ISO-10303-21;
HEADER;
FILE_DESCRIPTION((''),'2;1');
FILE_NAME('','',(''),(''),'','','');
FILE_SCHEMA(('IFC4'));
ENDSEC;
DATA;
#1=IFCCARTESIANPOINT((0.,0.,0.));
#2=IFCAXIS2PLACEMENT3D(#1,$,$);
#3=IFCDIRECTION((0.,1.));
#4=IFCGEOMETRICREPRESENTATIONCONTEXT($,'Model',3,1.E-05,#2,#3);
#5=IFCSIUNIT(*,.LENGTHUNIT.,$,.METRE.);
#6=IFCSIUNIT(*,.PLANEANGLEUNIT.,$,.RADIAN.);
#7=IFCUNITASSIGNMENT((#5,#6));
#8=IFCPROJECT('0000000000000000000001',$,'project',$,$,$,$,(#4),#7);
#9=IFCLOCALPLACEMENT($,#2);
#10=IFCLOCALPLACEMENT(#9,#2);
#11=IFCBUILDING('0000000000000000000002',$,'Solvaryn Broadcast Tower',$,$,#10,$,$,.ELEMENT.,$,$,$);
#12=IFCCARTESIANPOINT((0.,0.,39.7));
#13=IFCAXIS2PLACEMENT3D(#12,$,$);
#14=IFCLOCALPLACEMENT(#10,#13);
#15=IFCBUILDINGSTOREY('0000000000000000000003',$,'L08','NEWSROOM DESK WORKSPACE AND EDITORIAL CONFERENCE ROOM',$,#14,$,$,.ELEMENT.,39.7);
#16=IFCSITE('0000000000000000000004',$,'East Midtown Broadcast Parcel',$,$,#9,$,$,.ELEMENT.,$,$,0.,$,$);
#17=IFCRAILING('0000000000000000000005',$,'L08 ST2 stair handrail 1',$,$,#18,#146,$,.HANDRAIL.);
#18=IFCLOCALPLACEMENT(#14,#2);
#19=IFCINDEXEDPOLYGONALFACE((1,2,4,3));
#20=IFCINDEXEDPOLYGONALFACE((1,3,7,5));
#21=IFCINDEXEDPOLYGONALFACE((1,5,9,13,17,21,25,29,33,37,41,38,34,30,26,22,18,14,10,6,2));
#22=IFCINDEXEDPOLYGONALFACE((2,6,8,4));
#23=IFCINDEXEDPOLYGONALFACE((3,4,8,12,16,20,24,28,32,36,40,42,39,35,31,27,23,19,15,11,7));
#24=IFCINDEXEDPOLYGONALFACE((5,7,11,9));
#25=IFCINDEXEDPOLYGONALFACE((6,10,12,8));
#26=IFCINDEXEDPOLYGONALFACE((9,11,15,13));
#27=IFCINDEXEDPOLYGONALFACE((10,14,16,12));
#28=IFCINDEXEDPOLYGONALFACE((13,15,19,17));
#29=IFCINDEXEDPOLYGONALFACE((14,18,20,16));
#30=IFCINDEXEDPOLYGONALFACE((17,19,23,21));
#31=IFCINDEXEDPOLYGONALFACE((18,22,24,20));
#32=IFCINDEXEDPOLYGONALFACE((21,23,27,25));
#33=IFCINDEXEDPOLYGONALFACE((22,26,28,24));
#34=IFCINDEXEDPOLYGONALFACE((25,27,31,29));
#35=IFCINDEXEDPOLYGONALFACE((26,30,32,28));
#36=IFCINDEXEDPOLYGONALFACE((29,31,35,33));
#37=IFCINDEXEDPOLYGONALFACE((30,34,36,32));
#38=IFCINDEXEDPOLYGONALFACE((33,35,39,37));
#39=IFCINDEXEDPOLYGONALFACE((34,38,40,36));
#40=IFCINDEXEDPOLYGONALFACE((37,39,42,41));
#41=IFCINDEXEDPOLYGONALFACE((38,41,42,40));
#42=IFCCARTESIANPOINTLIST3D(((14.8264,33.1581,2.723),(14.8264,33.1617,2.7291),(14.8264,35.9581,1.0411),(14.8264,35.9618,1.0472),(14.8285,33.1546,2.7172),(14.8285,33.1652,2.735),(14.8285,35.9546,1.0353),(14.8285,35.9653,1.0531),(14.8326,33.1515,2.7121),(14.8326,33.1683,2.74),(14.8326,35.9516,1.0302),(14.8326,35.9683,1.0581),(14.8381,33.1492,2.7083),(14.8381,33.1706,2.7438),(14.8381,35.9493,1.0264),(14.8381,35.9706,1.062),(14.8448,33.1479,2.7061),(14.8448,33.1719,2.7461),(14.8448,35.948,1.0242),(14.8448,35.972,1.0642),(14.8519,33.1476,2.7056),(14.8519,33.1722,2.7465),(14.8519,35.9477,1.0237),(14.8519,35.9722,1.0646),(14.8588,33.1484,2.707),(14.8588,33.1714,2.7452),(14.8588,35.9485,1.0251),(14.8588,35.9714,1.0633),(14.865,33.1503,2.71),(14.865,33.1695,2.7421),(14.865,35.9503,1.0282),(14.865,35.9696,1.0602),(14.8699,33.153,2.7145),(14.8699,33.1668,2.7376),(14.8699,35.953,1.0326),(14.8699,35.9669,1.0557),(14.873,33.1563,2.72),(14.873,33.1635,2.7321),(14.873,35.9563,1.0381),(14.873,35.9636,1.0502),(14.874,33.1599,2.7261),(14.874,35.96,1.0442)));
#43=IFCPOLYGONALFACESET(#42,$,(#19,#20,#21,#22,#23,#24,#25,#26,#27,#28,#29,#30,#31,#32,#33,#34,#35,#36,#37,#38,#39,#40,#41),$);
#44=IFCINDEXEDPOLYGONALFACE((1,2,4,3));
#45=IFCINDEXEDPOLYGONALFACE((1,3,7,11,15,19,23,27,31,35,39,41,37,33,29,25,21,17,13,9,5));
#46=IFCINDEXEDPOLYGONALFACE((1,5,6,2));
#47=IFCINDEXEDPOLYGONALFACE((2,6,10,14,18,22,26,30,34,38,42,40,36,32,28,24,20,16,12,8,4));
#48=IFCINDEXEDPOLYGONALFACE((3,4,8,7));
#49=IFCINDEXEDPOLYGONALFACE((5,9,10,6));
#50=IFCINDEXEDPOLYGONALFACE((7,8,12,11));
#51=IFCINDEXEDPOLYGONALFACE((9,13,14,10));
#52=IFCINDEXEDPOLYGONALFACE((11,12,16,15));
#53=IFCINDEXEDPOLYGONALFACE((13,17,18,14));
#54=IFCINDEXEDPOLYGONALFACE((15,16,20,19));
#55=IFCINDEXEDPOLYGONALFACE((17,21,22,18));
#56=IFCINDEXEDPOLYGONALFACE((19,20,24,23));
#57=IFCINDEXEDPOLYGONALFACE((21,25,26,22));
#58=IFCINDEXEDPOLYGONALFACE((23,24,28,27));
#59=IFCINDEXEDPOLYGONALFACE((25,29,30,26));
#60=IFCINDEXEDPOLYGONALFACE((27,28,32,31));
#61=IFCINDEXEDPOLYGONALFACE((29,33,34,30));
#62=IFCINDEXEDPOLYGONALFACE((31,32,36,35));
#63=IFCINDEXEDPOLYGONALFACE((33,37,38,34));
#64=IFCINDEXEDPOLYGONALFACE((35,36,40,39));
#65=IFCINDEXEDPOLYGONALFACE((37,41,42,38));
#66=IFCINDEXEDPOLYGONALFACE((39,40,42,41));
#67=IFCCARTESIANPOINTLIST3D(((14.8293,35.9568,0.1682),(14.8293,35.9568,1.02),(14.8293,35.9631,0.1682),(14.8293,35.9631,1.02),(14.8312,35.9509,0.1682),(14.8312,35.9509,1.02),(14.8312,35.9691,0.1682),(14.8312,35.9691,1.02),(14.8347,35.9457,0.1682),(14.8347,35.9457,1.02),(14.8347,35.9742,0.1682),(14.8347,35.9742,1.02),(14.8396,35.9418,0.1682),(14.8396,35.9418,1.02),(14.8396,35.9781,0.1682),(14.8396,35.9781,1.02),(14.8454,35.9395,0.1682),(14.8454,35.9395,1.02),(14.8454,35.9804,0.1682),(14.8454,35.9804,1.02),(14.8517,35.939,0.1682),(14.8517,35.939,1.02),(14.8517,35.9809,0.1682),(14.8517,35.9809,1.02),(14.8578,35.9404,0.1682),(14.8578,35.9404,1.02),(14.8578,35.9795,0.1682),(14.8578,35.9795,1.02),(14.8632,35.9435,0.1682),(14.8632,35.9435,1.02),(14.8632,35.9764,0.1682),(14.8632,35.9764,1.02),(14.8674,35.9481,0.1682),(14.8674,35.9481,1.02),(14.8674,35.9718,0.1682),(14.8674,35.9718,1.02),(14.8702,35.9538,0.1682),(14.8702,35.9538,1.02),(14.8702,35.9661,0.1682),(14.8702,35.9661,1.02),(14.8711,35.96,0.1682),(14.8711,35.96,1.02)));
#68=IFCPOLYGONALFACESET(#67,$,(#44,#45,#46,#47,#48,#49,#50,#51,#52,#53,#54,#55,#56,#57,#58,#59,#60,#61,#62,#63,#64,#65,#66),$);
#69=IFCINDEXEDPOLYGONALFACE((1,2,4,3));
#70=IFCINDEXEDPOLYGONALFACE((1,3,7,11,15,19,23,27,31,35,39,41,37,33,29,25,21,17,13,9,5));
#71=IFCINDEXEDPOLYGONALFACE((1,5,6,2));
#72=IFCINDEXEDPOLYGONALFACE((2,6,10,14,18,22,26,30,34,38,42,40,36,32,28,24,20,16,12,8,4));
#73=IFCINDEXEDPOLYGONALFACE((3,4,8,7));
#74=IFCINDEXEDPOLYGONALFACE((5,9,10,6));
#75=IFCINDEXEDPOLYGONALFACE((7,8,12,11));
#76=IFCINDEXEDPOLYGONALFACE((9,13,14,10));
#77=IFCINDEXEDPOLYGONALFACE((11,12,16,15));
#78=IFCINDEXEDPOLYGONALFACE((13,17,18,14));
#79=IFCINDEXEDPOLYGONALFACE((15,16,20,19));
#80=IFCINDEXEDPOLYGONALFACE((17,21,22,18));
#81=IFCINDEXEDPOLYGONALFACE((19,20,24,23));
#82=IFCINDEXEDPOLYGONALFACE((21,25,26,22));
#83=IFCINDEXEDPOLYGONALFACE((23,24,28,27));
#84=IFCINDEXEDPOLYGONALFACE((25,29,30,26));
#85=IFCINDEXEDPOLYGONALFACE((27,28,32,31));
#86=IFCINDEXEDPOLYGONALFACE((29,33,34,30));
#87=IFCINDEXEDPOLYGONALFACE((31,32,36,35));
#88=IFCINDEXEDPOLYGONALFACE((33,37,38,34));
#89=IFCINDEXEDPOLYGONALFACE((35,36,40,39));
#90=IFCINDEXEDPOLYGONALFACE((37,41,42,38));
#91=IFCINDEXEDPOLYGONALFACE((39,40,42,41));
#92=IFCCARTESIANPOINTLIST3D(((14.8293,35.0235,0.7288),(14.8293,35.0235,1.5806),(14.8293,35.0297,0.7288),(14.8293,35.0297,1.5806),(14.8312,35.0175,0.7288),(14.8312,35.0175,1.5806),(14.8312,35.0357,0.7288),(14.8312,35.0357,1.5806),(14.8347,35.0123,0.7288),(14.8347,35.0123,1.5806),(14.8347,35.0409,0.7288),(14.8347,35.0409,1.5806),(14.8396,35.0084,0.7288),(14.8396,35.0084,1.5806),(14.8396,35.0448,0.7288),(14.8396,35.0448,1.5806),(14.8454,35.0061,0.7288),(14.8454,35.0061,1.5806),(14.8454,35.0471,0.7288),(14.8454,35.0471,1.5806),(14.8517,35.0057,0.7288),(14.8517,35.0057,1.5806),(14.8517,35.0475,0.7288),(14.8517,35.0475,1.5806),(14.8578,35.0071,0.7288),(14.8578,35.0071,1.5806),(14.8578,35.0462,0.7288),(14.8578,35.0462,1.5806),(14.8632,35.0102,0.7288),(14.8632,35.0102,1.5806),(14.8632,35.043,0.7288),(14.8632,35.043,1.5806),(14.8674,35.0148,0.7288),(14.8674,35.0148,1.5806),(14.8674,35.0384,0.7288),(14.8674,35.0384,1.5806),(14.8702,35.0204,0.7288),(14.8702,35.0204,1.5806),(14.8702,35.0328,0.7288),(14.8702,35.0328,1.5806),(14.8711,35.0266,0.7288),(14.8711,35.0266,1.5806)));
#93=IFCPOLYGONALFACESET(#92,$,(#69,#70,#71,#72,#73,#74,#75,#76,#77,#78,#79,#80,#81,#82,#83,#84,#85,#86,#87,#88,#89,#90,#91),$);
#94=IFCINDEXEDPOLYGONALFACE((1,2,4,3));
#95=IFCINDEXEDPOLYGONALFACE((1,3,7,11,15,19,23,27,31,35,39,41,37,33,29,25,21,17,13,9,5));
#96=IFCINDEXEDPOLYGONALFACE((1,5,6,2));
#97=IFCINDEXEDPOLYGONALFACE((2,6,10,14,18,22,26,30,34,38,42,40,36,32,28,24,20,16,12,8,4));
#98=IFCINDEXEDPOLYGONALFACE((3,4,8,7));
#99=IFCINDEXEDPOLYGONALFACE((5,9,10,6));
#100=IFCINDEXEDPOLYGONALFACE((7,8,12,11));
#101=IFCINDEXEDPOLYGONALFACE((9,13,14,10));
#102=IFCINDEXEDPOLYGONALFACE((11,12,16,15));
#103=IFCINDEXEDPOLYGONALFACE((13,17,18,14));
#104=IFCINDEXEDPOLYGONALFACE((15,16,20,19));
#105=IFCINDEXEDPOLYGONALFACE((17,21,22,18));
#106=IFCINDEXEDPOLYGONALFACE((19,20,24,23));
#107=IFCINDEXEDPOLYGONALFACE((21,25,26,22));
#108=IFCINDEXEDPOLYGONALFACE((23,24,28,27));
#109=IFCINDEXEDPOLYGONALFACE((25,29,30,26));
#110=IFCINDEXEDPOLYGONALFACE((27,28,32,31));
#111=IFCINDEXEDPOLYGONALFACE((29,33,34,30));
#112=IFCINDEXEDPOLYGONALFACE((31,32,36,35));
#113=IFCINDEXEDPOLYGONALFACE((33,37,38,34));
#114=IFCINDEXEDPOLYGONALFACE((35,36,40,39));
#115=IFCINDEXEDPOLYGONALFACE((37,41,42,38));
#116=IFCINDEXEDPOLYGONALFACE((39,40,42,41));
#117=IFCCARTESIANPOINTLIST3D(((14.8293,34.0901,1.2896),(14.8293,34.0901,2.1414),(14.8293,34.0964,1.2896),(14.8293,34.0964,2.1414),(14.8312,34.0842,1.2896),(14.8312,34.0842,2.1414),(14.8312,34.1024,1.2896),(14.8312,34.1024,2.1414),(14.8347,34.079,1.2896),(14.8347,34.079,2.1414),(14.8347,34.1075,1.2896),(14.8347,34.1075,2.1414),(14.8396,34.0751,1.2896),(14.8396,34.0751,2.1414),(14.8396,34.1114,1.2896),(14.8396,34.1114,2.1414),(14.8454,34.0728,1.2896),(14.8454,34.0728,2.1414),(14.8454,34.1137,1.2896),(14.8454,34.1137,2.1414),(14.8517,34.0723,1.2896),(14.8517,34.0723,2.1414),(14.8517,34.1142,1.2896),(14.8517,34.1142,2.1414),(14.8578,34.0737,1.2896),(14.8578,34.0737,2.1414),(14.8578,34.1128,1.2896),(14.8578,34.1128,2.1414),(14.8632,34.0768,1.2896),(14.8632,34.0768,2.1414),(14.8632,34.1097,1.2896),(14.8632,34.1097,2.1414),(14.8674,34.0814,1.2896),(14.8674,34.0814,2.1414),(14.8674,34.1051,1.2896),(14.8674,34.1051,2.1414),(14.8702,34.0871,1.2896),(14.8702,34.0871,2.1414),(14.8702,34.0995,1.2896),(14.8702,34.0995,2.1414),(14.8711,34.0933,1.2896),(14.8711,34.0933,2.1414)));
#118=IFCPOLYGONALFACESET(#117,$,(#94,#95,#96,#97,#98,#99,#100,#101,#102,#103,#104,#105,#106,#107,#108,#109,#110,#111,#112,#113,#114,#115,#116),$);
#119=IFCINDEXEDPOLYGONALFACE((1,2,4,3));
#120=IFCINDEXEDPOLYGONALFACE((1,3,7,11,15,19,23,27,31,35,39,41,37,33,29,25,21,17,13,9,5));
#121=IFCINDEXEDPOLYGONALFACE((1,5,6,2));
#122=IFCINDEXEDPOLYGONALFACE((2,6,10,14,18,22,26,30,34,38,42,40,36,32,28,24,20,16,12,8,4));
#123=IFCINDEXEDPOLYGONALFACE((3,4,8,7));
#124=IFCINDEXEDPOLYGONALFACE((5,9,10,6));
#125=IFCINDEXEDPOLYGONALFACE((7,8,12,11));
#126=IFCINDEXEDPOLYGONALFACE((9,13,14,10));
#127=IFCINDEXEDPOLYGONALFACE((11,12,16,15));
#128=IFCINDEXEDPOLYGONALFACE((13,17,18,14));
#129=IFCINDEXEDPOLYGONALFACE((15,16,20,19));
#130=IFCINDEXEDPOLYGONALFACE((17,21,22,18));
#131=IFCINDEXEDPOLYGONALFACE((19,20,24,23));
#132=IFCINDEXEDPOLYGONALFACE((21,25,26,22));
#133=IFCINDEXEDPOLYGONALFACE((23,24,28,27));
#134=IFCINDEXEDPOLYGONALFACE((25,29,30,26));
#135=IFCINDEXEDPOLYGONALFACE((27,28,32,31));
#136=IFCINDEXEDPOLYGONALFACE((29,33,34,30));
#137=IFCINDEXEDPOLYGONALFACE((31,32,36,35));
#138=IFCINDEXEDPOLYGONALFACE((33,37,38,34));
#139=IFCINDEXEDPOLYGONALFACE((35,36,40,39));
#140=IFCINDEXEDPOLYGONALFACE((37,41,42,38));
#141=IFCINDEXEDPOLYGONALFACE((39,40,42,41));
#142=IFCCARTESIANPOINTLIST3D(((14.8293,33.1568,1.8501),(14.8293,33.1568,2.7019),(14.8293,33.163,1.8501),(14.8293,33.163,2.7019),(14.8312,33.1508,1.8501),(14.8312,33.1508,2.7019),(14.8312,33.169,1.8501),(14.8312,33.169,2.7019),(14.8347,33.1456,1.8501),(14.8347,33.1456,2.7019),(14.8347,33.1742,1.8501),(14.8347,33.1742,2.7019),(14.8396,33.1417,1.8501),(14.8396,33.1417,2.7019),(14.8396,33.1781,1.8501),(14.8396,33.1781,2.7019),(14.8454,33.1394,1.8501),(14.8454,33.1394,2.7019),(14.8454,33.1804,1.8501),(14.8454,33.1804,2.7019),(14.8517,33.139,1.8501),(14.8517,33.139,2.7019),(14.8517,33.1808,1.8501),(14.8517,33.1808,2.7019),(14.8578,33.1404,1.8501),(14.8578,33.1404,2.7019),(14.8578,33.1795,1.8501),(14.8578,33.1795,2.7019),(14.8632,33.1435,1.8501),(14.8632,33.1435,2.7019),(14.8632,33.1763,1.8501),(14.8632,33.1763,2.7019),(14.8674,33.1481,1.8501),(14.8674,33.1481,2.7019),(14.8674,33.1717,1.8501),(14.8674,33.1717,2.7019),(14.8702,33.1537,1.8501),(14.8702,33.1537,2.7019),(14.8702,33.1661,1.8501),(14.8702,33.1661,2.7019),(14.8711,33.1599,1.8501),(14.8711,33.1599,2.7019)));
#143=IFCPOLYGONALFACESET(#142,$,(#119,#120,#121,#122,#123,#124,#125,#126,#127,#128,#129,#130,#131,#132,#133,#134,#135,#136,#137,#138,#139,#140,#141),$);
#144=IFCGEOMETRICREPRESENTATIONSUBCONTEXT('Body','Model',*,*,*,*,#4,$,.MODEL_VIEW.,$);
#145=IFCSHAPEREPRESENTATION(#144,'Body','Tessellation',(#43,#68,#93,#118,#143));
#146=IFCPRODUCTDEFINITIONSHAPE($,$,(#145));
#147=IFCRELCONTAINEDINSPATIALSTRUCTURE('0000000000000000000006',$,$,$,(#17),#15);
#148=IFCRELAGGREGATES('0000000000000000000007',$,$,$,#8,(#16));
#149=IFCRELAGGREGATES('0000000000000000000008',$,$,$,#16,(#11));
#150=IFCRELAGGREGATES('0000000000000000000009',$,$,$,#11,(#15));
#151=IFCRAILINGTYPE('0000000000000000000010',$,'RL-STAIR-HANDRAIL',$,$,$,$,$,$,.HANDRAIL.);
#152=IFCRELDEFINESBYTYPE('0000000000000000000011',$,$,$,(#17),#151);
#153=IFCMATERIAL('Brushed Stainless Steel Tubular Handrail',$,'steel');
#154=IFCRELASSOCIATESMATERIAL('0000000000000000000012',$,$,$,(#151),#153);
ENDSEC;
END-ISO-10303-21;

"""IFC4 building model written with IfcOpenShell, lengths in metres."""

from ifc_helpers import new_model, si_unit, direction, frame, origin, origin_2d, place, context, subcontext, project, spatial, circle, extrude, material, type_object, element, save


model = new_model("IFC4")

# Units and contexts
model_context = context("Model", 3, precision=1e-05, world=origin(), true_north=direction((0.0, 1.0)))
body_context = subcontext(model_context, "Body", "Model", "MODEL_VIEW")
ifc_project = project(units=[si_unit("LENGTHUNIT", "METRE"), si_unit("PLANEANGLEUNIT", "RADIAN")], contexts=[model_context])

# Site, building, storey
site_placement = place(None, origin())
site = spatial("IfcSite", under=ifc_project, at=site_placement, Name="East Midtown Broadcast Parcel", CompositionType="ELEMENT", RefElevation=0.0)
building_placement = place(site_placement, origin())
building = spatial("IfcBuilding", under=site, at=building_placement, Name="Solvaryn Broadcast Tower", CompositionType="ELEMENT")
storey_placement = place(building_placement, frame((0.0, 0.0, 39.7)))
storey = spatial("IfcBuildingStorey", under=building, at=storey_placement, Name="L08", Description="NEWSROOM DESK WORKSPACE AND EDITORIAL CONFERENCE ROOM", CompositionType="ELEMENT", Elevation=39.7)

# Railing
ifc_material_1 = material(Name="Brushed Stainless Steel Tubular Handrail", Category="steel")
railing_type_1 = type_object("IfcRailingType", Name="RL-STAIR-HANDRAIL", PredefinedType="HANDRAIL", material=ifc_material_1)
railing_1_placement = place(storey_placement, frame((14.8501, 35.96, 0.1682)))
element("IfcRailing", 1, at=railing_1_placement, inside=storey, type_object=railing_type_1, Name="L08 ST2 stair handrail 1", PredefinedType="HANDRAIL", context=body_context, shape_type="SweptSolid", body=[
    extrude(circle(Radius=0.0239, at=origin_2d()), frame((0.0, 0.0, 0.876), z_axis=(0.0, -0.857242, 0.514913), x_axis=(1.0, 0.0, 0.0)), (0.0, 0.0, 1.0), 3.2664),
    extrude(circle(Radius=0.021, at=origin_2d()), origin(), (0.0, 0.0, 1.0), 0.8518),
    extrude(circle(Radius=0.021, at=origin_2d()), frame((0.0, -0.9333, 0.5605)), (0.0, 0.0, 1.0), 0.8518),
    extrude(circle(Radius=0.021, at=origin_2d()), frame((0.0, -1.8667, 1.1213)), (0.0, 0.0, 1.0), 0.8518),
    extrude(circle(Radius=0.021, at=origin_2d()), frame((0.0, -2.8, 1.6819)), (0.0, 0.0, 1.0), 0.8518),
])

save(model, "model.ifc")
